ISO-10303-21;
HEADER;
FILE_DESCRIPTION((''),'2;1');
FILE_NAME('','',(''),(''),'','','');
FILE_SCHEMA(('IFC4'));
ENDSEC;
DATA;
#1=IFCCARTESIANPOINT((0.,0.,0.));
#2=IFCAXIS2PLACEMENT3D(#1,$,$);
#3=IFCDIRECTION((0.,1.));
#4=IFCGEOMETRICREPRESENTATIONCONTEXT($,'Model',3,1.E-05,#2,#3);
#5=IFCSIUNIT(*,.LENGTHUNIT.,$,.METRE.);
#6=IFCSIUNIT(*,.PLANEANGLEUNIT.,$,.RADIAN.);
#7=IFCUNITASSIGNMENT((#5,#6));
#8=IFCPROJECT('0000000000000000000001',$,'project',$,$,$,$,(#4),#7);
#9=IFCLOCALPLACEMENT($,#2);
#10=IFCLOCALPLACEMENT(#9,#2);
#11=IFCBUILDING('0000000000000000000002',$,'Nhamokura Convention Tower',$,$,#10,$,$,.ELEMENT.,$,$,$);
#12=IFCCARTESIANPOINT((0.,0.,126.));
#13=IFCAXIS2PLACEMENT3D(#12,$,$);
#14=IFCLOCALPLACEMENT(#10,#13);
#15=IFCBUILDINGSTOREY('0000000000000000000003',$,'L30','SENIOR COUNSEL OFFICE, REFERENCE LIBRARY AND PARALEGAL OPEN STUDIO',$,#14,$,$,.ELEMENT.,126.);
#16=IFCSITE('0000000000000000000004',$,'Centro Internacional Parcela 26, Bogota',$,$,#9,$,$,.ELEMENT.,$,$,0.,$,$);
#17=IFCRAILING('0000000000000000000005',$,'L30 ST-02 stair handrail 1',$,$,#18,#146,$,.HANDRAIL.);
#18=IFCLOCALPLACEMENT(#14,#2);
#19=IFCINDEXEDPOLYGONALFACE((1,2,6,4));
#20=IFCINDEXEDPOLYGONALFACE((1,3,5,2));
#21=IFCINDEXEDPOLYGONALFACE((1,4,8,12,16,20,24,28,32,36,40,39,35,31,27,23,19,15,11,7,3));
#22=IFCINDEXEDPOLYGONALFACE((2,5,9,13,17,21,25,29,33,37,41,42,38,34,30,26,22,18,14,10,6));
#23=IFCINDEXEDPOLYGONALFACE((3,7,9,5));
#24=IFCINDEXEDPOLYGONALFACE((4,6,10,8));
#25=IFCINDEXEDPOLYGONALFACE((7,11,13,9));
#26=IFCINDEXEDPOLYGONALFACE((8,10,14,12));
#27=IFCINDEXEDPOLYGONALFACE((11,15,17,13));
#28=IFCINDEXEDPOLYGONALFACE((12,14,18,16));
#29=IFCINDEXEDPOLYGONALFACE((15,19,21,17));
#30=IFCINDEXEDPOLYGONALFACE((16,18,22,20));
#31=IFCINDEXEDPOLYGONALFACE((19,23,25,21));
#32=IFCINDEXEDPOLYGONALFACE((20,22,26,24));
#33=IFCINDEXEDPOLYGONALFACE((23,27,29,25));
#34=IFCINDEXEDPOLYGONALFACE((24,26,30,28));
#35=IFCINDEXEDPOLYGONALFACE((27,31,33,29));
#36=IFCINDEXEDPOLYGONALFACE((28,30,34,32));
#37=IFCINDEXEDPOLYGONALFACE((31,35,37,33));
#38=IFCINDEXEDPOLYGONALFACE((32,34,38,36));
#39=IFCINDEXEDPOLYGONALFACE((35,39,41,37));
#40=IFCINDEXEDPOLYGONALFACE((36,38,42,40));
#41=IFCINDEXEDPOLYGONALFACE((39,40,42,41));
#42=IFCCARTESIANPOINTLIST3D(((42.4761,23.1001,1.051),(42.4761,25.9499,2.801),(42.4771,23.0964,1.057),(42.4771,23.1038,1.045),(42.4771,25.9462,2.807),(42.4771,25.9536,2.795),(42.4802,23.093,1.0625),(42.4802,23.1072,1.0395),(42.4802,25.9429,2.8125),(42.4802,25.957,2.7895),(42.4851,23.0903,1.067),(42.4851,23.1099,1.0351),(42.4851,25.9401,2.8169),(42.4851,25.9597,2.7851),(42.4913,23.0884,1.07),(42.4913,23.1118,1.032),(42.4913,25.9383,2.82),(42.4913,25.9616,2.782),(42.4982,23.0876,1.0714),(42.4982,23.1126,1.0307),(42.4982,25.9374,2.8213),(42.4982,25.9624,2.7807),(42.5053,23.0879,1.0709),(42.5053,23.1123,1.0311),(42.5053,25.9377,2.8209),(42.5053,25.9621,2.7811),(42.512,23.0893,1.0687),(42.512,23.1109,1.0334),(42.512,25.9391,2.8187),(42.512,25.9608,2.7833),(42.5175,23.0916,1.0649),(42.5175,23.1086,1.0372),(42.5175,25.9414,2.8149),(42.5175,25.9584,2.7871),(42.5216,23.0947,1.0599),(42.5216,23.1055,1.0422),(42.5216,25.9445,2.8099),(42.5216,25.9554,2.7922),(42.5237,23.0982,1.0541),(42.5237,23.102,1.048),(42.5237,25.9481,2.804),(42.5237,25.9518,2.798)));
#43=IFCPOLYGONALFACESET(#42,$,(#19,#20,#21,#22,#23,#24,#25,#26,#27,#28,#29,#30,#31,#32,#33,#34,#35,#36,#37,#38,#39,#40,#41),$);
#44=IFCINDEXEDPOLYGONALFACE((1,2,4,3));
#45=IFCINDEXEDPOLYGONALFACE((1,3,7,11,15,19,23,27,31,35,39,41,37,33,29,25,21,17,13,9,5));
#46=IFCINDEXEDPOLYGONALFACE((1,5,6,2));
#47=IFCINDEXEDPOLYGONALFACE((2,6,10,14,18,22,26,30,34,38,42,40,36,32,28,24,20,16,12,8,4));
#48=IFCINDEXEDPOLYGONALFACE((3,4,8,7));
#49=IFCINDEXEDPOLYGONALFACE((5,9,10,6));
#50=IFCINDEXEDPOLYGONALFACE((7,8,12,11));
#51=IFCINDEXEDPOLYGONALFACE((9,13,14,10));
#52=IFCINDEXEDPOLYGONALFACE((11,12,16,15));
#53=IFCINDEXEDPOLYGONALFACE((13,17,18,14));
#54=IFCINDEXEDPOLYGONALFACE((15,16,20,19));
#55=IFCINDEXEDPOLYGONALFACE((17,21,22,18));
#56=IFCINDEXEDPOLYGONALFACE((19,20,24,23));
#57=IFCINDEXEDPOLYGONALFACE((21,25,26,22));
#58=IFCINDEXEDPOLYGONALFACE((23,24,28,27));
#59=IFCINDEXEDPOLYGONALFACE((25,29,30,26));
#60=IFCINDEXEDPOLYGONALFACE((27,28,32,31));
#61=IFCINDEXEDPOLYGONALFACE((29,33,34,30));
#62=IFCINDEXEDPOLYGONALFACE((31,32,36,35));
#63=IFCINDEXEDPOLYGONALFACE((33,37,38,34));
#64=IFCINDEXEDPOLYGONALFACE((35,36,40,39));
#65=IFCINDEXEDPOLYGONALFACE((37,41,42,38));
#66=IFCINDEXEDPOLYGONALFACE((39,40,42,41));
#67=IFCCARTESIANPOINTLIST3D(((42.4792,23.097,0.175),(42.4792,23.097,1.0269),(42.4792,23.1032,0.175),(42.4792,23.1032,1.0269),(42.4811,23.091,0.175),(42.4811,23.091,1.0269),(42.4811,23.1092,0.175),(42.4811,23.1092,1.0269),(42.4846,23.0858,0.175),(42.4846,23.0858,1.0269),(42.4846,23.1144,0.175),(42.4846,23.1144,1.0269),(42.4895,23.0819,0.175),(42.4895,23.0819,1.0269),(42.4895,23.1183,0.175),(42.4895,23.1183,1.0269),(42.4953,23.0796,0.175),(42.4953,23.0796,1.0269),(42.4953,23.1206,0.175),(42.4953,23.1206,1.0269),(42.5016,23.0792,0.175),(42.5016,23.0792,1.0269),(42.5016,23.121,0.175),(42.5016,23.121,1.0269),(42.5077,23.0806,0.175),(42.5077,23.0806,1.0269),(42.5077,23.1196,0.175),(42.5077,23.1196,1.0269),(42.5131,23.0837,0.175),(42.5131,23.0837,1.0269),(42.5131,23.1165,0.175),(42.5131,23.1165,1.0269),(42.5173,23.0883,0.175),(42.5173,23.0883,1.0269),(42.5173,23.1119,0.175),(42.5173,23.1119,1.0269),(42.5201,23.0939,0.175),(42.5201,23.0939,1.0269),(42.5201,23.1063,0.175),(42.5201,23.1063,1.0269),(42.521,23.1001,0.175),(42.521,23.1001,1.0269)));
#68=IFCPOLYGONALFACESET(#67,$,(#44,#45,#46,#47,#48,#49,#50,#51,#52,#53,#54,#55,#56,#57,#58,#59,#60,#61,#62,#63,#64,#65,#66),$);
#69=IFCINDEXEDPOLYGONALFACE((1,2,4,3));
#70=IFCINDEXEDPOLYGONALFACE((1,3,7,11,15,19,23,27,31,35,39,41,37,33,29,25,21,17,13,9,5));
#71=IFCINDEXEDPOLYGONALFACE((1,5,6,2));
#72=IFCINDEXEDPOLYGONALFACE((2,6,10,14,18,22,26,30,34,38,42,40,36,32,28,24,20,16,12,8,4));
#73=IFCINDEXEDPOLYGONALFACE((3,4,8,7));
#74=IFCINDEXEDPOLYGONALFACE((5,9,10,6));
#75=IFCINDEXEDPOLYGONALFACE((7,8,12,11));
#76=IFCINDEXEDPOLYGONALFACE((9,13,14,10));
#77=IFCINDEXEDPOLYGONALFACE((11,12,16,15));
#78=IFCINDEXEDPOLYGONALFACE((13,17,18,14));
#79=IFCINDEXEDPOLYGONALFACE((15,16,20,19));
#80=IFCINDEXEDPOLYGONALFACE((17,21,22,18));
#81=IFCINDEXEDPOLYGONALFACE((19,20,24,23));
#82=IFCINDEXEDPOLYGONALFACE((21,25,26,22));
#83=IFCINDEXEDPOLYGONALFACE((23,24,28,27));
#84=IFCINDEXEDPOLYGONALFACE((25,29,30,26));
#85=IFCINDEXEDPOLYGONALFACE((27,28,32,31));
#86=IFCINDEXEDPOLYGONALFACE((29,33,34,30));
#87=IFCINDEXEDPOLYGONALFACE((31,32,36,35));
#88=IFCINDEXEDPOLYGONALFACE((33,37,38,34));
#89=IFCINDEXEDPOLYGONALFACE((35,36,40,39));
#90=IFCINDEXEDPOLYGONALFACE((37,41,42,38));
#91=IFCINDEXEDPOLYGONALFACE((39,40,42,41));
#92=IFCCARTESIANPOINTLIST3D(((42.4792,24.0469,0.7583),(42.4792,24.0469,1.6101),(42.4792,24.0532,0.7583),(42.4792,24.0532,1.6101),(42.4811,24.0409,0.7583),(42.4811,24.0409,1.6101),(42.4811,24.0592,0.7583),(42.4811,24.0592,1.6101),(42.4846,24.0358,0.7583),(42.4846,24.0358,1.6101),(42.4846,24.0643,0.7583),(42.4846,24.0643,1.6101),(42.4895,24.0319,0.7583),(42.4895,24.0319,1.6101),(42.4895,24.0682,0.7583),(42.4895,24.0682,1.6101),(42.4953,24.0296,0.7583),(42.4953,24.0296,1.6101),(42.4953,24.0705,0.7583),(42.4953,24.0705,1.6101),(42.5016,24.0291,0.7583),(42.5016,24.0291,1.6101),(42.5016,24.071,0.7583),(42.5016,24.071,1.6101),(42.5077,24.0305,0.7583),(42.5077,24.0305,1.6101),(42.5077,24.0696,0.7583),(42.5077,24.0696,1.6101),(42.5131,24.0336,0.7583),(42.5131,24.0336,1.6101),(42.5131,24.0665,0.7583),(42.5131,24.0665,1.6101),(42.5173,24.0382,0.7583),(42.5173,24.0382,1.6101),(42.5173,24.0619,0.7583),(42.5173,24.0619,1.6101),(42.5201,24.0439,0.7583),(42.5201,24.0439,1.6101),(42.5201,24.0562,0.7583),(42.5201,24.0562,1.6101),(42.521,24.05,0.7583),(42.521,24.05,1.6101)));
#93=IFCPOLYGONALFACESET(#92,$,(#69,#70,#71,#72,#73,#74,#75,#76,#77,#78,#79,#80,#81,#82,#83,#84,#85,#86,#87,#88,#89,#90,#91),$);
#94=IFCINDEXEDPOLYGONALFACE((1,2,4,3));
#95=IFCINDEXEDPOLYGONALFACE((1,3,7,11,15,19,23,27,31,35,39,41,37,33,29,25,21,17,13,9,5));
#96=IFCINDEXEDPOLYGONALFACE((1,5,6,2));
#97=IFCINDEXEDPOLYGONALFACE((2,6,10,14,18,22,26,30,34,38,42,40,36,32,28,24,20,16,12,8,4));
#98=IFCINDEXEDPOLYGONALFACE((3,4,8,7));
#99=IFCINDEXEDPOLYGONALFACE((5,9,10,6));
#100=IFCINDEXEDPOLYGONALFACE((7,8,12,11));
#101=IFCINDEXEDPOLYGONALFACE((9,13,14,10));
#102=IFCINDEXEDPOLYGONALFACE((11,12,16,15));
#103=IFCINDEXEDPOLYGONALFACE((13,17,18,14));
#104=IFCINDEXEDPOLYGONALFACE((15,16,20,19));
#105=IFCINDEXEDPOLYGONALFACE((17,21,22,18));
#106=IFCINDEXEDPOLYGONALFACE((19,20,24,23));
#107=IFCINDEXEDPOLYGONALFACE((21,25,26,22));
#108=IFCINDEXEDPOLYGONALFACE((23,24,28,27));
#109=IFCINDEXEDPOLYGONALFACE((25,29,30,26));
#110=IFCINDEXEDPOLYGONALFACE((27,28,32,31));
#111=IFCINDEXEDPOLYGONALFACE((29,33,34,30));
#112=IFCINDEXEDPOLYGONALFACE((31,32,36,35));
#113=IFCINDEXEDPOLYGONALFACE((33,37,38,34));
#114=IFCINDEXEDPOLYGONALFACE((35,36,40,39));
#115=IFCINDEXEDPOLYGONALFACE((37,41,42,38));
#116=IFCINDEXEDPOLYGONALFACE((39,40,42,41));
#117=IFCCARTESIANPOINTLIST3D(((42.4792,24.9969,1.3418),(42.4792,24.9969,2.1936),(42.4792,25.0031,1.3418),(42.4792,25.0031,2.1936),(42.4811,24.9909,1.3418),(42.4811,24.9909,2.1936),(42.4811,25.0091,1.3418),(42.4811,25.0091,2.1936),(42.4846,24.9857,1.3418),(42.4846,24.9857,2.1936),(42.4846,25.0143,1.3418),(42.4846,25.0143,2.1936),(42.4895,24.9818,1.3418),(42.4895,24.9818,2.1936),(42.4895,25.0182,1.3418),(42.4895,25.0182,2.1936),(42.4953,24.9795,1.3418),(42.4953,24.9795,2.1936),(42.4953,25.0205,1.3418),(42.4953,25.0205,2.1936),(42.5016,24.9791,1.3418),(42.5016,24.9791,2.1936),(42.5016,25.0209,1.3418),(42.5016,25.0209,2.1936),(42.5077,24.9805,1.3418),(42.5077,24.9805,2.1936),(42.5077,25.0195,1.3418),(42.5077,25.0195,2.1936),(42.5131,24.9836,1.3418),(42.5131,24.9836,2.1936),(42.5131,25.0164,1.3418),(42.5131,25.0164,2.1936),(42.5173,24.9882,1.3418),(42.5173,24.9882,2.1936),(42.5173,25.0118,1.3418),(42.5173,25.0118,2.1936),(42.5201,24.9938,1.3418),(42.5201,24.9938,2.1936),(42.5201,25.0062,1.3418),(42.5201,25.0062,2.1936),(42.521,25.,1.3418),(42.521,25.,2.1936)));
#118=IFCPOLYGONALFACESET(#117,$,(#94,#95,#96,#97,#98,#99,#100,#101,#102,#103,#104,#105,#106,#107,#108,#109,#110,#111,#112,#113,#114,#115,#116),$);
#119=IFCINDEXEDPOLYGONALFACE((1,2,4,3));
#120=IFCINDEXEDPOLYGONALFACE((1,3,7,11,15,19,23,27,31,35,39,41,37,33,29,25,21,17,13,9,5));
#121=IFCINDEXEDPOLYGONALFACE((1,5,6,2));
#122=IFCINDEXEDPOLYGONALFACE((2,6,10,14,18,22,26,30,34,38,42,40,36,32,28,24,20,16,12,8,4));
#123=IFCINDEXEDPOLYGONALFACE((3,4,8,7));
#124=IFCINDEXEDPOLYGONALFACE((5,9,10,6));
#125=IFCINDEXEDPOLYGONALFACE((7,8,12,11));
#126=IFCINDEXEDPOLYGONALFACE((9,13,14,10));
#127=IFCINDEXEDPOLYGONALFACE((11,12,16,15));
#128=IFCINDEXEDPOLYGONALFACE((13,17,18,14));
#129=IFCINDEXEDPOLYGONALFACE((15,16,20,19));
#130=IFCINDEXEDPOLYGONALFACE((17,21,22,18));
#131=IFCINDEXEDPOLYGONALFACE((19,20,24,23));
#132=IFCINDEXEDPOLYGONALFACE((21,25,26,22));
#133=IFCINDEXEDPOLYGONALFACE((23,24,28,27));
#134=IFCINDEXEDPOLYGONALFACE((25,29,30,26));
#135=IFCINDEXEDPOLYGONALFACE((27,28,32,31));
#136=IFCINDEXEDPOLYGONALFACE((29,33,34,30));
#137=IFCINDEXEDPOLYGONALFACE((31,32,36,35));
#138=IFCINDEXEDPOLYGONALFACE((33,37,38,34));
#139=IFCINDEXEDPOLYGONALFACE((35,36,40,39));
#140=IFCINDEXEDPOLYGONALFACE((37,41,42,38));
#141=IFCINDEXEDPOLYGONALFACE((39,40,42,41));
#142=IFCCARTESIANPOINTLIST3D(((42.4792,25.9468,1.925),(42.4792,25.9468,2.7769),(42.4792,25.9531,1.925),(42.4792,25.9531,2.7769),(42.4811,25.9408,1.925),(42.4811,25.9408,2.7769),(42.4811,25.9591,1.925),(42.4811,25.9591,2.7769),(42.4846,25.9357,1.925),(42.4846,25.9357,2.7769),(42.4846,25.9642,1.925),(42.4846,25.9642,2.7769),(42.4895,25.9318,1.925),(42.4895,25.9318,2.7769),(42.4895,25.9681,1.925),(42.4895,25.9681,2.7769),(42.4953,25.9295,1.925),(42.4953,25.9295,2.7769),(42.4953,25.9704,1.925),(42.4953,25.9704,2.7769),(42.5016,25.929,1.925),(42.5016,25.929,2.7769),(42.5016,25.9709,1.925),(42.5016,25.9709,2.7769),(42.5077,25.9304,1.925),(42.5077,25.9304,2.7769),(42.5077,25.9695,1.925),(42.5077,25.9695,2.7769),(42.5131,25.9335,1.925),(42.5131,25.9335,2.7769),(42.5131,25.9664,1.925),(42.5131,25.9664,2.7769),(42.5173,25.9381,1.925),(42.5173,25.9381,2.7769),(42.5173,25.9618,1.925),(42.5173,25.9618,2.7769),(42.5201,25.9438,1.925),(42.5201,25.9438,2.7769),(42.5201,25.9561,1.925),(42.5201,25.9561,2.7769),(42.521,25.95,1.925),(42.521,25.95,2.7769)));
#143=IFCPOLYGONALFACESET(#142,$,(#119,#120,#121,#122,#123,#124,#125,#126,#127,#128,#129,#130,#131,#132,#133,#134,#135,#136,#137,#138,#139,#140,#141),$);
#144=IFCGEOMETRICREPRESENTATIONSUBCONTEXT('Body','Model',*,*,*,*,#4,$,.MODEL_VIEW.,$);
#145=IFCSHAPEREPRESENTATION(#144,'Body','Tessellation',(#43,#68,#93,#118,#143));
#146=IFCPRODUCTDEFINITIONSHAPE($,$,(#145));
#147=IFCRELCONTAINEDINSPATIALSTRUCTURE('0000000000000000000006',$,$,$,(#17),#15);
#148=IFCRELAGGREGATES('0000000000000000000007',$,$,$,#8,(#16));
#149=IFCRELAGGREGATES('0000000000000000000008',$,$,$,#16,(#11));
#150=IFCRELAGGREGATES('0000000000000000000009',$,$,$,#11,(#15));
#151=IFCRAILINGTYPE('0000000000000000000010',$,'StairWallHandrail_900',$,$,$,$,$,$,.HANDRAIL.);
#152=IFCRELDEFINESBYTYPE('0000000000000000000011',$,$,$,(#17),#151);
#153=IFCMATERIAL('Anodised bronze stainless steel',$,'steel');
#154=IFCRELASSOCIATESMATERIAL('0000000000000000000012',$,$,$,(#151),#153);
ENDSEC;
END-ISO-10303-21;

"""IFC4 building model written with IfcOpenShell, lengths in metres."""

from ifc_helpers import new_model, si_unit, direction, frame, origin, origin_2d, place, context, subcontext, project, spatial, circle, extrude, material, type_object, element, save


model = new_model("IFC4")

# Units and contexts
model_context = context("Model", 3, precision=1e-05, world=origin(), true_north=direction((0.0, 1.0)))
body_context = subcontext(model_context, "Body", "Model", "MODEL_VIEW")
ifc_project = project(units=[si_unit("LENGTHUNIT", "METRE"), si_unit("PLANEANGLEUNIT", "RADIAN")], contexts=[model_context])

# Site, building, storey
site_placement = place(None, origin())
site = spatial("IfcSite", under=ifc_project, at=site_placement, Name="Centro Internacional Parcela 26, Bogota", CompositionType="ELEMENT", RefElevation=0.0)
building_placement = place(site_placement, origin())
building = spatial("IfcBuilding", under=site, at=building_placement, Name="Nhamokura Convention Tower", CompositionType="ELEMENT")
storey_placement = place(building_placement, frame((0.0, 0.0, 126.0)))
storey = spatial("IfcBuildingStorey", under=building, at=storey_placement, Name="L30", Description="SENIOR COUNSEL OFFICE, REFERENCE LIBRARY AND PARALEGAL OPEN STUDIO", CompositionType="ELEMENT", Elevation=126.0)

# Railing
ifc_material_1 = material(Name="Anodised bronze stainless steel", Category="steel")
railing_type_1 = type_object("IfcRailingType", Name="StairWallHandrail_900", PredefinedType="HANDRAIL", material=ifc_material_1)
railing_1_placement = place(storey_placement, frame((42.5, 23.1001, 0.175)))
element("IfcRailing", 1, at=railing_1_placement, inside=storey, type_object=railing_type_1, Name="L30 ST-02 stair handrail 1", PredefinedType="HANDRAIL", context=body_context, shape_type="SweptSolid", body=[
    extrude(circle(Radius=0.0239, at=origin_2d()), frame((0.0, 0.0, 0.876), z_axis=(0.0, 0.852159, 0.523283), x_axis=(-1.0, 0.0, 0.0)), (0.0, 0.0, 1.0), 3.3442),
    extrude(circle(Radius=0.021, at=origin_2d()), origin(), (0.0, 0.0, 1.0), 0.8518),
    extrude(circle(Radius=0.021, at=origin_2d()), frame((0.0, 0.95, 0.5833)), (0.0, 0.0, 1.0), 0.8518),
    extrude(circle(Radius=0.021, at=origin_2d()), frame((0.0, 1.8999, 1.1667)), (0.0, 0.0, 1.0), 0.8518),
    extrude(circle(Radius=0.021, at=origin_2d()), frame((0.0, 2.8499, 1.75)), (0.0, 0.0, 1.0), 0.8518),
])

save(model, "model.ifc")
